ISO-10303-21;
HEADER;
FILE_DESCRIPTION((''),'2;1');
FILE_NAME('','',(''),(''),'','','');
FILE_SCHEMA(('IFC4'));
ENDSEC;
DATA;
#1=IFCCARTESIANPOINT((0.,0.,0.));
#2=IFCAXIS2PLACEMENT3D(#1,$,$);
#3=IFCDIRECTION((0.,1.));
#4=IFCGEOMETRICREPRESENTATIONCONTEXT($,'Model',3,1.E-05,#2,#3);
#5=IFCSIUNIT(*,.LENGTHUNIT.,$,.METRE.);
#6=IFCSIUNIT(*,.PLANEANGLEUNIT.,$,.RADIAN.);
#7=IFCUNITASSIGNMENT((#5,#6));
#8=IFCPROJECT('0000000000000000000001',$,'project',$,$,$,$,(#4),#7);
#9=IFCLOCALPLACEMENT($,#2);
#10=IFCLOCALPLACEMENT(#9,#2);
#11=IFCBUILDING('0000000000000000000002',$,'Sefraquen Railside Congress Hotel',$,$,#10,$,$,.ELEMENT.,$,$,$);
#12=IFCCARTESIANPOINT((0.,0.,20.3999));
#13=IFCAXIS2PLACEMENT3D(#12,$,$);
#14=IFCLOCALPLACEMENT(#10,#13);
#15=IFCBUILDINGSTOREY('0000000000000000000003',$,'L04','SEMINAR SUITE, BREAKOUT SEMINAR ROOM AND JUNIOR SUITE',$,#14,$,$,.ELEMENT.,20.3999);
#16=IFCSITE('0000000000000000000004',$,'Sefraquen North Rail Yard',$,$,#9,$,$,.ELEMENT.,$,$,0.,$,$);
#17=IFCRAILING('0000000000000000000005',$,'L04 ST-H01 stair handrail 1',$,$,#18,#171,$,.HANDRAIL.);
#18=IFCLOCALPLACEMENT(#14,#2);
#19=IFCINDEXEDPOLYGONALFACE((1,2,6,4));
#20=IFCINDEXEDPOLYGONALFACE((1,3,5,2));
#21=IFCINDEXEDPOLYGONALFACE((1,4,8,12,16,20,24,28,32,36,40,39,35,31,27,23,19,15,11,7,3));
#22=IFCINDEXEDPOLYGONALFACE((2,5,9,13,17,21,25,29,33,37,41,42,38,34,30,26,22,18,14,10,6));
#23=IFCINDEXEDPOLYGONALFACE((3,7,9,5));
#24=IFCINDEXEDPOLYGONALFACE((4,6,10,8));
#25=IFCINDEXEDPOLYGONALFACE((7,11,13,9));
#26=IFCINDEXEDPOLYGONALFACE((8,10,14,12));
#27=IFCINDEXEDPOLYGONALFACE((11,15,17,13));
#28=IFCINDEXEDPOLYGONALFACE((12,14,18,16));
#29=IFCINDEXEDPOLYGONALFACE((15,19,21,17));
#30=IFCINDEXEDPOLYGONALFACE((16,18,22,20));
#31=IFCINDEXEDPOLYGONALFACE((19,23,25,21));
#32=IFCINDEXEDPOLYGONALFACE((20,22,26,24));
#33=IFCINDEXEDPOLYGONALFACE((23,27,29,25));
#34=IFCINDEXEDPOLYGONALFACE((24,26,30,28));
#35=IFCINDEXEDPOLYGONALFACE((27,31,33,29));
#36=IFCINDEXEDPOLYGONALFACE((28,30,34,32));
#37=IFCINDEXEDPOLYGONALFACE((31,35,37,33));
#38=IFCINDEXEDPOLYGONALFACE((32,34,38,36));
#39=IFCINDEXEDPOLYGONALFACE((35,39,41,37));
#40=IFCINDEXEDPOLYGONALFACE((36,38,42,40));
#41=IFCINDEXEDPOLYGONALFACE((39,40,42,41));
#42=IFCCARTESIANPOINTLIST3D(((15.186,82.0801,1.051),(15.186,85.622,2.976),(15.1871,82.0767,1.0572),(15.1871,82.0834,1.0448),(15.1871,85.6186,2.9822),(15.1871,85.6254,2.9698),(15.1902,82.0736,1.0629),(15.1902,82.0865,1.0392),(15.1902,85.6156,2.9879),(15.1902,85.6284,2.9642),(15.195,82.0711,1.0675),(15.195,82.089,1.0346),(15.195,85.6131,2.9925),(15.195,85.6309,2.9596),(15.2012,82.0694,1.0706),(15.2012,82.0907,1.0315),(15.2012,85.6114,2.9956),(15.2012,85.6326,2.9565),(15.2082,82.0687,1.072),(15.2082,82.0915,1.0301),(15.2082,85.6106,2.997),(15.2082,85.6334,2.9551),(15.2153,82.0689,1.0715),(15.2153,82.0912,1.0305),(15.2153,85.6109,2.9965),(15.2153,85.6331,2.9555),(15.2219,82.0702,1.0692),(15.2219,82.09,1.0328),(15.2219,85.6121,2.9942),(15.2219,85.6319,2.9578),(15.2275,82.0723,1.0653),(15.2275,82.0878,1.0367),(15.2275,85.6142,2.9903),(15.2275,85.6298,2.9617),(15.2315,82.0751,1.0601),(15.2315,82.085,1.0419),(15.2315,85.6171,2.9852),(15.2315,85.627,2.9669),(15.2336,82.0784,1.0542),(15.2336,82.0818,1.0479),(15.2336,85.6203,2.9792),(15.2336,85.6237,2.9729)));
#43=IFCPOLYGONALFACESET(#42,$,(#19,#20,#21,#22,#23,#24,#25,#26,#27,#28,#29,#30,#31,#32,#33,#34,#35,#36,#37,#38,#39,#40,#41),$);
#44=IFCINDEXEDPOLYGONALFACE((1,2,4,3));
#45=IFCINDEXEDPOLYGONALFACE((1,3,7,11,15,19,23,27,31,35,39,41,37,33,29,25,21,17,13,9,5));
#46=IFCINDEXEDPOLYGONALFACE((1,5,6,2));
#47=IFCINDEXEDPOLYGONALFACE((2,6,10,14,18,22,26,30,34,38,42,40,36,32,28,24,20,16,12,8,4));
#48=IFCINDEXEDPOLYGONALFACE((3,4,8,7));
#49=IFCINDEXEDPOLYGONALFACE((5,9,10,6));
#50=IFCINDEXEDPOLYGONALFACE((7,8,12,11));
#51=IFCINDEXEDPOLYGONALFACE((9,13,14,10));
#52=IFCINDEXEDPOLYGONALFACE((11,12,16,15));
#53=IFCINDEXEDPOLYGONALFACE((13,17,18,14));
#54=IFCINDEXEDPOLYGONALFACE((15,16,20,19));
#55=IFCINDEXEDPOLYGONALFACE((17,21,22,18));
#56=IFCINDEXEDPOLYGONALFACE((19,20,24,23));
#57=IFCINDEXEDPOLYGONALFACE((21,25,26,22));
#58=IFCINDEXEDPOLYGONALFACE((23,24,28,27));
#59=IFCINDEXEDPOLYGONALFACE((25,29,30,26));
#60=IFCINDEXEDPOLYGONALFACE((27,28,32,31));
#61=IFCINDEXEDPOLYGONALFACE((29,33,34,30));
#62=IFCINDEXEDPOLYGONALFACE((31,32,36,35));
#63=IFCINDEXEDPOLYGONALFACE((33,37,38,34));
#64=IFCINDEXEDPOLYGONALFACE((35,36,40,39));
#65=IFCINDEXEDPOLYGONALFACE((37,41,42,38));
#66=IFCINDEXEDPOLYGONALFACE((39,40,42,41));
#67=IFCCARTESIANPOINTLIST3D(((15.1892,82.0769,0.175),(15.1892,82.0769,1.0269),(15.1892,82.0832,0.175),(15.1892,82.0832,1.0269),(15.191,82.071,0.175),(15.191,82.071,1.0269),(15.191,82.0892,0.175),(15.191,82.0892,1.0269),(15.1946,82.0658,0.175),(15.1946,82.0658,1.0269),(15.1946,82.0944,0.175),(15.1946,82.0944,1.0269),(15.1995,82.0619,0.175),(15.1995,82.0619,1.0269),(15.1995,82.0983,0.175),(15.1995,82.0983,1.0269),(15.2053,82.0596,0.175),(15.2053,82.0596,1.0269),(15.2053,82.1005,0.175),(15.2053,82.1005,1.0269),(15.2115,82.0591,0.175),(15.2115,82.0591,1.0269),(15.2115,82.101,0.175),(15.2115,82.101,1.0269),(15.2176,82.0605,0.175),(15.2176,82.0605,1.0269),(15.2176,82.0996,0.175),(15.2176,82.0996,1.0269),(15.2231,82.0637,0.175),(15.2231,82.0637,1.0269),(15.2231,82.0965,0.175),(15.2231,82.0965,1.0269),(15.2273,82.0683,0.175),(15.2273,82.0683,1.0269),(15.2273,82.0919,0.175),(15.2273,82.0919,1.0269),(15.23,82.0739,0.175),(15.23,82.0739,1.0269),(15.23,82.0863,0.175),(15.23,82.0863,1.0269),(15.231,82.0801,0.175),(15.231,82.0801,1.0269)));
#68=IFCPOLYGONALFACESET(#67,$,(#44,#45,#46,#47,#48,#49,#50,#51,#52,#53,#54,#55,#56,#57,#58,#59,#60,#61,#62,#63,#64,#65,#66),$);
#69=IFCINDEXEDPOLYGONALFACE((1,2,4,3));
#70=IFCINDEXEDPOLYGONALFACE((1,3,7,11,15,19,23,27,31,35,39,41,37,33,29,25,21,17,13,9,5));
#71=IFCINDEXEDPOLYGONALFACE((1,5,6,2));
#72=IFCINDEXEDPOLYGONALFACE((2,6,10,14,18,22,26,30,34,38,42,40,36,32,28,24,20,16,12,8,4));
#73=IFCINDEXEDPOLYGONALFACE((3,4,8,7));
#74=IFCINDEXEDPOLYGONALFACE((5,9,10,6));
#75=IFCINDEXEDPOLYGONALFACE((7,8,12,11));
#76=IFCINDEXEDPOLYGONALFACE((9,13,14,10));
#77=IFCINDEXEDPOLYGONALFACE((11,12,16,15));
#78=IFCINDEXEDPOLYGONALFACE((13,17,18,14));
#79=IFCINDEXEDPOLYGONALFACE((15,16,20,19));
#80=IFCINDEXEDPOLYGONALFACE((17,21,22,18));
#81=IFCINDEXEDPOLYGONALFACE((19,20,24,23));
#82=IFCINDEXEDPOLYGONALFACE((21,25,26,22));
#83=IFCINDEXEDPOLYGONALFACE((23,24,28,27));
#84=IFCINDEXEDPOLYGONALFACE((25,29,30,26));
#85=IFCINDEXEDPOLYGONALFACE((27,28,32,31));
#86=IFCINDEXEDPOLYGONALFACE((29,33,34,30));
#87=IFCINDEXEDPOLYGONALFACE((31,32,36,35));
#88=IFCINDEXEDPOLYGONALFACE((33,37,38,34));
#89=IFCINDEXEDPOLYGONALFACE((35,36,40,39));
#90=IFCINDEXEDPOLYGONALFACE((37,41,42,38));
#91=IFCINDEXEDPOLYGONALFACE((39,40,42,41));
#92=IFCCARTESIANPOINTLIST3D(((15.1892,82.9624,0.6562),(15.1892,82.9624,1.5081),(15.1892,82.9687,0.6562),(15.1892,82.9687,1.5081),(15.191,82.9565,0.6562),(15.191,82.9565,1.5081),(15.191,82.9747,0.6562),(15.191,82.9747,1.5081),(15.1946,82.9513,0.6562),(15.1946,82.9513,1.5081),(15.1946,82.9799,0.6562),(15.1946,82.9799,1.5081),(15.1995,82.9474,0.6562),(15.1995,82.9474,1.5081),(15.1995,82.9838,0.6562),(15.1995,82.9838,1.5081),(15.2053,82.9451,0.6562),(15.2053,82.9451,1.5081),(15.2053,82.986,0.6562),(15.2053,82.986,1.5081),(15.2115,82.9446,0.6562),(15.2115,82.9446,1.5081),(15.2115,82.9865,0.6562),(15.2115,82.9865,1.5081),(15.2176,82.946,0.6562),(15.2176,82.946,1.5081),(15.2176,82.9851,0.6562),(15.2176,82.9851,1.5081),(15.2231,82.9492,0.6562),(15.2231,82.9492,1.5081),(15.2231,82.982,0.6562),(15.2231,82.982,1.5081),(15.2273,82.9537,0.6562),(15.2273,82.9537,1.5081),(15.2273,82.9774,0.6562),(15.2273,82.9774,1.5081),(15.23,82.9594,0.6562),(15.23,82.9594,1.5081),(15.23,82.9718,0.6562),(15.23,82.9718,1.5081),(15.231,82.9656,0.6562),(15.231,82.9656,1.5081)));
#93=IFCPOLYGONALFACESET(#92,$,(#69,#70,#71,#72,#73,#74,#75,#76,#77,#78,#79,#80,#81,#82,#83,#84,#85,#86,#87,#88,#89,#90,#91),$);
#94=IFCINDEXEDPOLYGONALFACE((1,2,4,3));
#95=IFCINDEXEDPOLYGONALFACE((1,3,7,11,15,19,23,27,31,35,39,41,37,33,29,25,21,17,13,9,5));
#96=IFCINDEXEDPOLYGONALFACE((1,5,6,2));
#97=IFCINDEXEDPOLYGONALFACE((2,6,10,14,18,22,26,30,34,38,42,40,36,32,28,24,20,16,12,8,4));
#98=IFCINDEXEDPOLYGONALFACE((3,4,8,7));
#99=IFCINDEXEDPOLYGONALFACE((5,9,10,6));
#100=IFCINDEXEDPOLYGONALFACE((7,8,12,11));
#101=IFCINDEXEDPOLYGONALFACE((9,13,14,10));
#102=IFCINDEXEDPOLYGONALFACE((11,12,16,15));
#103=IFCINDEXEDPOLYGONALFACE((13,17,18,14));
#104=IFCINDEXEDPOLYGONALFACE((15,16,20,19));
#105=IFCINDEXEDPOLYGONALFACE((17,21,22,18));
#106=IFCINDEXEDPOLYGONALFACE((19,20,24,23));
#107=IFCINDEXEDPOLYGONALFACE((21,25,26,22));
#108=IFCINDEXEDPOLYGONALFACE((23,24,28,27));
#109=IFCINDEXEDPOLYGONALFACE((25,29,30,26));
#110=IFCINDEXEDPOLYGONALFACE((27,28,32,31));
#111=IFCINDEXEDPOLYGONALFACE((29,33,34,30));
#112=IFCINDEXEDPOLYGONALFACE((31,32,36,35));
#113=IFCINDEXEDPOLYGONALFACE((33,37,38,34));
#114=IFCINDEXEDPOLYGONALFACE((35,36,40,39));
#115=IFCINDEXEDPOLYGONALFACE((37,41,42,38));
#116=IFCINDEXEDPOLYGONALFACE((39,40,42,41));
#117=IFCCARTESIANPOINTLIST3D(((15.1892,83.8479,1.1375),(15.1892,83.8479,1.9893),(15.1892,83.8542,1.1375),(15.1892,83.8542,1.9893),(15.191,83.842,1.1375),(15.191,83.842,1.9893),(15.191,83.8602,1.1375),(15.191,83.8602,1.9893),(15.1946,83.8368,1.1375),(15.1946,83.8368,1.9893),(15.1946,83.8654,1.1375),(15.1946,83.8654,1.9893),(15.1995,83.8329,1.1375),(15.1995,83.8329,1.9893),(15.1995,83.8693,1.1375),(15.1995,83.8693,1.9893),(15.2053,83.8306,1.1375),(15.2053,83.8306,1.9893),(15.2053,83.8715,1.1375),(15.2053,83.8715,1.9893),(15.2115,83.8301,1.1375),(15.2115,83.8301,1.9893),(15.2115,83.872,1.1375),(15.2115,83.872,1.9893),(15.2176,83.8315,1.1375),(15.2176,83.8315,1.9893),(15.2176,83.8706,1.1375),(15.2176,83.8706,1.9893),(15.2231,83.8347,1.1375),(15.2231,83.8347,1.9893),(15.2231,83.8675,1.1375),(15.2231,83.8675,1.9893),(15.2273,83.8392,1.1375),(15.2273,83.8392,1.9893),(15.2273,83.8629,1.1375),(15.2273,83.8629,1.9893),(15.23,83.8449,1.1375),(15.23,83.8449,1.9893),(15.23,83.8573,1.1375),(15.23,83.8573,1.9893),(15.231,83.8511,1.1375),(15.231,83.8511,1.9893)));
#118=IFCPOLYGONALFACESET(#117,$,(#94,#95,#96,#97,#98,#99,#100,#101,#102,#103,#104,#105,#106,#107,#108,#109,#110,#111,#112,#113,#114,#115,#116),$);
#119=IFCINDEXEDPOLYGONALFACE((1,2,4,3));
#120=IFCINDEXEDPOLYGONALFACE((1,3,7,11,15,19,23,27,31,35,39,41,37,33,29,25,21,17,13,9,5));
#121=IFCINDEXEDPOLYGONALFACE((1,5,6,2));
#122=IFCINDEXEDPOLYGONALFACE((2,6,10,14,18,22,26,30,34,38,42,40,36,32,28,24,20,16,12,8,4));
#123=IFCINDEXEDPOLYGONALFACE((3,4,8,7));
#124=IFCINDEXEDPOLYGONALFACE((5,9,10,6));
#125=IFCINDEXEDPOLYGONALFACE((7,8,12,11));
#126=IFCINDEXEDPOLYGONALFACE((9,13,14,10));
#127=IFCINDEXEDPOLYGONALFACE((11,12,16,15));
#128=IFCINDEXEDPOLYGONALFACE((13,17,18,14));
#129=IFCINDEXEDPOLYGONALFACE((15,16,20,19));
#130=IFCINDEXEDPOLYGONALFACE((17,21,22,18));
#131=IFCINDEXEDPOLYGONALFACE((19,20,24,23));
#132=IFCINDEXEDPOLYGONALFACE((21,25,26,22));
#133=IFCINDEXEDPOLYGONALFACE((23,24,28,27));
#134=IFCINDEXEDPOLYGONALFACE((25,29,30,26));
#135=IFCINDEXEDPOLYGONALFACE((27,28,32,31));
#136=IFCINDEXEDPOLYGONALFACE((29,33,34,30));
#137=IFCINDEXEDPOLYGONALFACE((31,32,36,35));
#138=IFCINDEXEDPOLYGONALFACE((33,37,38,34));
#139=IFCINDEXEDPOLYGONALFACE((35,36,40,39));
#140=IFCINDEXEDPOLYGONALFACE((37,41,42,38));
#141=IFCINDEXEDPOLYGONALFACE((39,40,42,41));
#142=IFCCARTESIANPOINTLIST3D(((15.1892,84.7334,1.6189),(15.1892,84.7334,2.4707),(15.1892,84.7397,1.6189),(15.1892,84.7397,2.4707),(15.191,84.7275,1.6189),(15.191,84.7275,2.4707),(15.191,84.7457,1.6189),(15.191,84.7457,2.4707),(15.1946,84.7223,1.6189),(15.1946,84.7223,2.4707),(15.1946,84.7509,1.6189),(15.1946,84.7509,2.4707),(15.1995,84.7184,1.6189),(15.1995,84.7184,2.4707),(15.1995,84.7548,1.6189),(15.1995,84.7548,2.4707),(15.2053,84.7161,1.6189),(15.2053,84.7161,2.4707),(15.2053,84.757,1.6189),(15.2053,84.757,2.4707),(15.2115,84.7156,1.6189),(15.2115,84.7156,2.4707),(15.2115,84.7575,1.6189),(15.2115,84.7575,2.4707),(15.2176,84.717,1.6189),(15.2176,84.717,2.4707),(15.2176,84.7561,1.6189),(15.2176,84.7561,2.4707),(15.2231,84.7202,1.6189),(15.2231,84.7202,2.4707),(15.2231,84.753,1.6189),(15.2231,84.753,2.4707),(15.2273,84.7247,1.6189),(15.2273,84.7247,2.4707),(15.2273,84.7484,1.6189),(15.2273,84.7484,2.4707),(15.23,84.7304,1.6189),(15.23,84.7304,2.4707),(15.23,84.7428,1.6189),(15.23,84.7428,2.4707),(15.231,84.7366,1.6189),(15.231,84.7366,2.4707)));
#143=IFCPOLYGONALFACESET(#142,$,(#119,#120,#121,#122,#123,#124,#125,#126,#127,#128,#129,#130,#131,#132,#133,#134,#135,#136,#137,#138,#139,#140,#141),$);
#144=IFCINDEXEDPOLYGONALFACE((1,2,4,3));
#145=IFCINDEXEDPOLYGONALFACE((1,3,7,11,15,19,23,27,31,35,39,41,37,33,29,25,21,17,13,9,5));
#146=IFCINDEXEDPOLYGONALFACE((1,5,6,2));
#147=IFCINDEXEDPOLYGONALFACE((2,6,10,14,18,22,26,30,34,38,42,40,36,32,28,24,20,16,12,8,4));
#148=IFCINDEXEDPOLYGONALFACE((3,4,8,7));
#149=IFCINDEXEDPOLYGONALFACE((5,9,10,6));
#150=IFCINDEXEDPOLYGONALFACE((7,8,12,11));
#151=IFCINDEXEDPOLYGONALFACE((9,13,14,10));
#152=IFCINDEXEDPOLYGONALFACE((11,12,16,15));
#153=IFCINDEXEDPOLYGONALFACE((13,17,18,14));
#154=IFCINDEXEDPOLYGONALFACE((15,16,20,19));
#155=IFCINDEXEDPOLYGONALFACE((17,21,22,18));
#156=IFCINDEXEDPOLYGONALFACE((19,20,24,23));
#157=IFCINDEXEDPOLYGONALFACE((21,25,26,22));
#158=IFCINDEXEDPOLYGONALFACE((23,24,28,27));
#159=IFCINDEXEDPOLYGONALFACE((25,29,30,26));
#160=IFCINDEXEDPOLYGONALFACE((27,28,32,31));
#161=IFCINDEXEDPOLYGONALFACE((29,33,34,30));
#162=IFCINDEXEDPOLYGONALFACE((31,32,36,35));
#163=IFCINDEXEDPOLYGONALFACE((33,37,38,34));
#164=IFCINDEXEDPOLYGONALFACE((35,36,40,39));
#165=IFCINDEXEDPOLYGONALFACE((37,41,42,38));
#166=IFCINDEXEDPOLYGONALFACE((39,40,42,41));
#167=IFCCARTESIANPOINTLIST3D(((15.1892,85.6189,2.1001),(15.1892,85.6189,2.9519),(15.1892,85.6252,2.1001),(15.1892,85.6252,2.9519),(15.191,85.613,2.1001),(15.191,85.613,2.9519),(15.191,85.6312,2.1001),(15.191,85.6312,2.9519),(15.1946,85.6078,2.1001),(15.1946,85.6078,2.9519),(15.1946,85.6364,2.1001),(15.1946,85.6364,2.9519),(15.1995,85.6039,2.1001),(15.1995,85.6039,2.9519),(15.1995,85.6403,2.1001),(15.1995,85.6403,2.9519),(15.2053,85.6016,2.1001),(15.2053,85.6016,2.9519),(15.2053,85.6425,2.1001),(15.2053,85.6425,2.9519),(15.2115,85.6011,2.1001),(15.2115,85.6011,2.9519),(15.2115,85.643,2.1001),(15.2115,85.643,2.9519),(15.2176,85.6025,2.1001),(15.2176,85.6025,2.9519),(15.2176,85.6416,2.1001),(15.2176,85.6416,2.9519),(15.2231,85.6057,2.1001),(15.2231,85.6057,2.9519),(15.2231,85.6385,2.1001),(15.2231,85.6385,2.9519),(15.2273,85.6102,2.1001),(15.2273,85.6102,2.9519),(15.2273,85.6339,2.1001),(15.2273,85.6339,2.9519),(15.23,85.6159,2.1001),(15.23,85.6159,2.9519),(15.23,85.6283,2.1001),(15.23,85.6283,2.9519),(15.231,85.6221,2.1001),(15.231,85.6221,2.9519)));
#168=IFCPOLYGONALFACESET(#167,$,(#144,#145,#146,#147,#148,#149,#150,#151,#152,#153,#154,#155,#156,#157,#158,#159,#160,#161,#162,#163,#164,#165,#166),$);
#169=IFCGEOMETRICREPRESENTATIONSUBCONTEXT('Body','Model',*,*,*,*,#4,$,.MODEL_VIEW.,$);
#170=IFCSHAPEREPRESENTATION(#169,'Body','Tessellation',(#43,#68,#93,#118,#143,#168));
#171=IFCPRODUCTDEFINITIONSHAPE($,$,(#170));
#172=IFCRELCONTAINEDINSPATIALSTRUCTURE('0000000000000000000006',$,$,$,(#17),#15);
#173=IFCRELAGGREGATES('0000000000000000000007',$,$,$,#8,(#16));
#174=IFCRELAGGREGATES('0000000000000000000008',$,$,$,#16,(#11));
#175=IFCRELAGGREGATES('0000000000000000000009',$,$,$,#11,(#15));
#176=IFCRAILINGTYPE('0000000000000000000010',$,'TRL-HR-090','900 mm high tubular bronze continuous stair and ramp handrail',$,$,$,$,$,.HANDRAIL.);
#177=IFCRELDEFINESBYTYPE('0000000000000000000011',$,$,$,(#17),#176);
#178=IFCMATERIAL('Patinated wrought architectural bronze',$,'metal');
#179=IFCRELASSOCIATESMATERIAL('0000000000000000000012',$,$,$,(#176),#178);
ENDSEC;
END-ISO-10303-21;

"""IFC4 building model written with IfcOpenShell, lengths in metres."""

from ifc_helpers import new_model, si_unit, direction, frame, origin, origin_2d, place, context, subcontext, project, spatial, circle, extrude, material, type_object, element, save


model = new_model("IFC4")

# Units and contexts
model_context = context("Model", 3, precision=1e-05, world=origin(), true_north=direction((0.0, 1.0)))
body_context = subcontext(model_context, "Body", "Model", "MODEL_VIEW")
ifc_project = project(units=[si_unit("LENGTHUNIT", "METRE"), si_unit("PLANEANGLEUNIT", "RADIAN")], contexts=[model_context])

# Site, building, storey
site_placement = place(None, origin())
site = spatial("IfcSite", under=ifc_project, at=site_placement, Name="Sefraquen North Rail Yard", CompositionType="ELEMENT", RefElevation=0.0)
building_placement = place(site_placement, origin())
building = spatial("IfcBuilding", under=site, at=building_placement, Name="Sefraquen Railside Congress Hotel", CompositionType="ELEMENT")
storey_placement = place(building_placement, frame((0.0, 0.0, 20.3999)))
storey = spatial("IfcBuildingStorey", under=building, at=storey_placement, Name="L04", Description="SEMINAR SUITE, BREAKOUT SEMINAR ROOM AND JUNIOR SUITE", CompositionType="ELEMENT", Elevation=20.3999)

# Railing
ifc_material_1 = material(Name="Patinated wrought architectural bronze", Category="metal")
railing_type_1 = type_object("IfcRailingType", Name="TRL-HR-090", Description="900 mm high tubular bronze continuous stair and ramp handrail", PredefinedType="HANDRAIL", material=ifc_material_1)
railing_1_placement = place(storey_placement, frame((15.21, 82.0801, 0.175)))
element("IfcRailing", 1, at=railing_1_placement, inside=storey, type_object=railing_type_1, Name="L04 ST-H01 stair handrail 1", PredefinedType="HANDRAIL", context=body_context, shape_type="SweptSolid", body=[
    extrude(circle(Radius=0.0239, at=origin_2d()), frame((0.0, 0.0, 0.876), z_axis=(0.0, 0.878619, 0.477523), x_axis=(-1.0, 0.0, 0.0)), (0.0, 0.0, 1.0), 4.0312),
    extrude(circle(Radius=0.021, at=origin_2d()), origin(), (0.0, 0.0, 1.0), 0.8518),
    extrude(circle(Radius=0.021, at=origin_2d()), frame((0.0, 0.8855, 0.4812)), (0.0, 0.0, 1.0), 0.8518),
    extrude(circle(Radius=0.021, at=origin_2d()), frame((0.0, 1.771, 0.9624)), (0.0, 0.0, 1.0), 0.8518),
    extrude(circle(Radius=0.021, at=origin_2d()), frame((0.0, 2.6565, 1.4438)), (0.0, 0.0, 1.0), 0.8518),
    extrude(circle(Radius=0.021, at=origin_2d()), frame((0.0, 3.542, 1.925)), (0.0, 0.0, 1.0), 0.8518),
])

save(model, "model.ifc")
